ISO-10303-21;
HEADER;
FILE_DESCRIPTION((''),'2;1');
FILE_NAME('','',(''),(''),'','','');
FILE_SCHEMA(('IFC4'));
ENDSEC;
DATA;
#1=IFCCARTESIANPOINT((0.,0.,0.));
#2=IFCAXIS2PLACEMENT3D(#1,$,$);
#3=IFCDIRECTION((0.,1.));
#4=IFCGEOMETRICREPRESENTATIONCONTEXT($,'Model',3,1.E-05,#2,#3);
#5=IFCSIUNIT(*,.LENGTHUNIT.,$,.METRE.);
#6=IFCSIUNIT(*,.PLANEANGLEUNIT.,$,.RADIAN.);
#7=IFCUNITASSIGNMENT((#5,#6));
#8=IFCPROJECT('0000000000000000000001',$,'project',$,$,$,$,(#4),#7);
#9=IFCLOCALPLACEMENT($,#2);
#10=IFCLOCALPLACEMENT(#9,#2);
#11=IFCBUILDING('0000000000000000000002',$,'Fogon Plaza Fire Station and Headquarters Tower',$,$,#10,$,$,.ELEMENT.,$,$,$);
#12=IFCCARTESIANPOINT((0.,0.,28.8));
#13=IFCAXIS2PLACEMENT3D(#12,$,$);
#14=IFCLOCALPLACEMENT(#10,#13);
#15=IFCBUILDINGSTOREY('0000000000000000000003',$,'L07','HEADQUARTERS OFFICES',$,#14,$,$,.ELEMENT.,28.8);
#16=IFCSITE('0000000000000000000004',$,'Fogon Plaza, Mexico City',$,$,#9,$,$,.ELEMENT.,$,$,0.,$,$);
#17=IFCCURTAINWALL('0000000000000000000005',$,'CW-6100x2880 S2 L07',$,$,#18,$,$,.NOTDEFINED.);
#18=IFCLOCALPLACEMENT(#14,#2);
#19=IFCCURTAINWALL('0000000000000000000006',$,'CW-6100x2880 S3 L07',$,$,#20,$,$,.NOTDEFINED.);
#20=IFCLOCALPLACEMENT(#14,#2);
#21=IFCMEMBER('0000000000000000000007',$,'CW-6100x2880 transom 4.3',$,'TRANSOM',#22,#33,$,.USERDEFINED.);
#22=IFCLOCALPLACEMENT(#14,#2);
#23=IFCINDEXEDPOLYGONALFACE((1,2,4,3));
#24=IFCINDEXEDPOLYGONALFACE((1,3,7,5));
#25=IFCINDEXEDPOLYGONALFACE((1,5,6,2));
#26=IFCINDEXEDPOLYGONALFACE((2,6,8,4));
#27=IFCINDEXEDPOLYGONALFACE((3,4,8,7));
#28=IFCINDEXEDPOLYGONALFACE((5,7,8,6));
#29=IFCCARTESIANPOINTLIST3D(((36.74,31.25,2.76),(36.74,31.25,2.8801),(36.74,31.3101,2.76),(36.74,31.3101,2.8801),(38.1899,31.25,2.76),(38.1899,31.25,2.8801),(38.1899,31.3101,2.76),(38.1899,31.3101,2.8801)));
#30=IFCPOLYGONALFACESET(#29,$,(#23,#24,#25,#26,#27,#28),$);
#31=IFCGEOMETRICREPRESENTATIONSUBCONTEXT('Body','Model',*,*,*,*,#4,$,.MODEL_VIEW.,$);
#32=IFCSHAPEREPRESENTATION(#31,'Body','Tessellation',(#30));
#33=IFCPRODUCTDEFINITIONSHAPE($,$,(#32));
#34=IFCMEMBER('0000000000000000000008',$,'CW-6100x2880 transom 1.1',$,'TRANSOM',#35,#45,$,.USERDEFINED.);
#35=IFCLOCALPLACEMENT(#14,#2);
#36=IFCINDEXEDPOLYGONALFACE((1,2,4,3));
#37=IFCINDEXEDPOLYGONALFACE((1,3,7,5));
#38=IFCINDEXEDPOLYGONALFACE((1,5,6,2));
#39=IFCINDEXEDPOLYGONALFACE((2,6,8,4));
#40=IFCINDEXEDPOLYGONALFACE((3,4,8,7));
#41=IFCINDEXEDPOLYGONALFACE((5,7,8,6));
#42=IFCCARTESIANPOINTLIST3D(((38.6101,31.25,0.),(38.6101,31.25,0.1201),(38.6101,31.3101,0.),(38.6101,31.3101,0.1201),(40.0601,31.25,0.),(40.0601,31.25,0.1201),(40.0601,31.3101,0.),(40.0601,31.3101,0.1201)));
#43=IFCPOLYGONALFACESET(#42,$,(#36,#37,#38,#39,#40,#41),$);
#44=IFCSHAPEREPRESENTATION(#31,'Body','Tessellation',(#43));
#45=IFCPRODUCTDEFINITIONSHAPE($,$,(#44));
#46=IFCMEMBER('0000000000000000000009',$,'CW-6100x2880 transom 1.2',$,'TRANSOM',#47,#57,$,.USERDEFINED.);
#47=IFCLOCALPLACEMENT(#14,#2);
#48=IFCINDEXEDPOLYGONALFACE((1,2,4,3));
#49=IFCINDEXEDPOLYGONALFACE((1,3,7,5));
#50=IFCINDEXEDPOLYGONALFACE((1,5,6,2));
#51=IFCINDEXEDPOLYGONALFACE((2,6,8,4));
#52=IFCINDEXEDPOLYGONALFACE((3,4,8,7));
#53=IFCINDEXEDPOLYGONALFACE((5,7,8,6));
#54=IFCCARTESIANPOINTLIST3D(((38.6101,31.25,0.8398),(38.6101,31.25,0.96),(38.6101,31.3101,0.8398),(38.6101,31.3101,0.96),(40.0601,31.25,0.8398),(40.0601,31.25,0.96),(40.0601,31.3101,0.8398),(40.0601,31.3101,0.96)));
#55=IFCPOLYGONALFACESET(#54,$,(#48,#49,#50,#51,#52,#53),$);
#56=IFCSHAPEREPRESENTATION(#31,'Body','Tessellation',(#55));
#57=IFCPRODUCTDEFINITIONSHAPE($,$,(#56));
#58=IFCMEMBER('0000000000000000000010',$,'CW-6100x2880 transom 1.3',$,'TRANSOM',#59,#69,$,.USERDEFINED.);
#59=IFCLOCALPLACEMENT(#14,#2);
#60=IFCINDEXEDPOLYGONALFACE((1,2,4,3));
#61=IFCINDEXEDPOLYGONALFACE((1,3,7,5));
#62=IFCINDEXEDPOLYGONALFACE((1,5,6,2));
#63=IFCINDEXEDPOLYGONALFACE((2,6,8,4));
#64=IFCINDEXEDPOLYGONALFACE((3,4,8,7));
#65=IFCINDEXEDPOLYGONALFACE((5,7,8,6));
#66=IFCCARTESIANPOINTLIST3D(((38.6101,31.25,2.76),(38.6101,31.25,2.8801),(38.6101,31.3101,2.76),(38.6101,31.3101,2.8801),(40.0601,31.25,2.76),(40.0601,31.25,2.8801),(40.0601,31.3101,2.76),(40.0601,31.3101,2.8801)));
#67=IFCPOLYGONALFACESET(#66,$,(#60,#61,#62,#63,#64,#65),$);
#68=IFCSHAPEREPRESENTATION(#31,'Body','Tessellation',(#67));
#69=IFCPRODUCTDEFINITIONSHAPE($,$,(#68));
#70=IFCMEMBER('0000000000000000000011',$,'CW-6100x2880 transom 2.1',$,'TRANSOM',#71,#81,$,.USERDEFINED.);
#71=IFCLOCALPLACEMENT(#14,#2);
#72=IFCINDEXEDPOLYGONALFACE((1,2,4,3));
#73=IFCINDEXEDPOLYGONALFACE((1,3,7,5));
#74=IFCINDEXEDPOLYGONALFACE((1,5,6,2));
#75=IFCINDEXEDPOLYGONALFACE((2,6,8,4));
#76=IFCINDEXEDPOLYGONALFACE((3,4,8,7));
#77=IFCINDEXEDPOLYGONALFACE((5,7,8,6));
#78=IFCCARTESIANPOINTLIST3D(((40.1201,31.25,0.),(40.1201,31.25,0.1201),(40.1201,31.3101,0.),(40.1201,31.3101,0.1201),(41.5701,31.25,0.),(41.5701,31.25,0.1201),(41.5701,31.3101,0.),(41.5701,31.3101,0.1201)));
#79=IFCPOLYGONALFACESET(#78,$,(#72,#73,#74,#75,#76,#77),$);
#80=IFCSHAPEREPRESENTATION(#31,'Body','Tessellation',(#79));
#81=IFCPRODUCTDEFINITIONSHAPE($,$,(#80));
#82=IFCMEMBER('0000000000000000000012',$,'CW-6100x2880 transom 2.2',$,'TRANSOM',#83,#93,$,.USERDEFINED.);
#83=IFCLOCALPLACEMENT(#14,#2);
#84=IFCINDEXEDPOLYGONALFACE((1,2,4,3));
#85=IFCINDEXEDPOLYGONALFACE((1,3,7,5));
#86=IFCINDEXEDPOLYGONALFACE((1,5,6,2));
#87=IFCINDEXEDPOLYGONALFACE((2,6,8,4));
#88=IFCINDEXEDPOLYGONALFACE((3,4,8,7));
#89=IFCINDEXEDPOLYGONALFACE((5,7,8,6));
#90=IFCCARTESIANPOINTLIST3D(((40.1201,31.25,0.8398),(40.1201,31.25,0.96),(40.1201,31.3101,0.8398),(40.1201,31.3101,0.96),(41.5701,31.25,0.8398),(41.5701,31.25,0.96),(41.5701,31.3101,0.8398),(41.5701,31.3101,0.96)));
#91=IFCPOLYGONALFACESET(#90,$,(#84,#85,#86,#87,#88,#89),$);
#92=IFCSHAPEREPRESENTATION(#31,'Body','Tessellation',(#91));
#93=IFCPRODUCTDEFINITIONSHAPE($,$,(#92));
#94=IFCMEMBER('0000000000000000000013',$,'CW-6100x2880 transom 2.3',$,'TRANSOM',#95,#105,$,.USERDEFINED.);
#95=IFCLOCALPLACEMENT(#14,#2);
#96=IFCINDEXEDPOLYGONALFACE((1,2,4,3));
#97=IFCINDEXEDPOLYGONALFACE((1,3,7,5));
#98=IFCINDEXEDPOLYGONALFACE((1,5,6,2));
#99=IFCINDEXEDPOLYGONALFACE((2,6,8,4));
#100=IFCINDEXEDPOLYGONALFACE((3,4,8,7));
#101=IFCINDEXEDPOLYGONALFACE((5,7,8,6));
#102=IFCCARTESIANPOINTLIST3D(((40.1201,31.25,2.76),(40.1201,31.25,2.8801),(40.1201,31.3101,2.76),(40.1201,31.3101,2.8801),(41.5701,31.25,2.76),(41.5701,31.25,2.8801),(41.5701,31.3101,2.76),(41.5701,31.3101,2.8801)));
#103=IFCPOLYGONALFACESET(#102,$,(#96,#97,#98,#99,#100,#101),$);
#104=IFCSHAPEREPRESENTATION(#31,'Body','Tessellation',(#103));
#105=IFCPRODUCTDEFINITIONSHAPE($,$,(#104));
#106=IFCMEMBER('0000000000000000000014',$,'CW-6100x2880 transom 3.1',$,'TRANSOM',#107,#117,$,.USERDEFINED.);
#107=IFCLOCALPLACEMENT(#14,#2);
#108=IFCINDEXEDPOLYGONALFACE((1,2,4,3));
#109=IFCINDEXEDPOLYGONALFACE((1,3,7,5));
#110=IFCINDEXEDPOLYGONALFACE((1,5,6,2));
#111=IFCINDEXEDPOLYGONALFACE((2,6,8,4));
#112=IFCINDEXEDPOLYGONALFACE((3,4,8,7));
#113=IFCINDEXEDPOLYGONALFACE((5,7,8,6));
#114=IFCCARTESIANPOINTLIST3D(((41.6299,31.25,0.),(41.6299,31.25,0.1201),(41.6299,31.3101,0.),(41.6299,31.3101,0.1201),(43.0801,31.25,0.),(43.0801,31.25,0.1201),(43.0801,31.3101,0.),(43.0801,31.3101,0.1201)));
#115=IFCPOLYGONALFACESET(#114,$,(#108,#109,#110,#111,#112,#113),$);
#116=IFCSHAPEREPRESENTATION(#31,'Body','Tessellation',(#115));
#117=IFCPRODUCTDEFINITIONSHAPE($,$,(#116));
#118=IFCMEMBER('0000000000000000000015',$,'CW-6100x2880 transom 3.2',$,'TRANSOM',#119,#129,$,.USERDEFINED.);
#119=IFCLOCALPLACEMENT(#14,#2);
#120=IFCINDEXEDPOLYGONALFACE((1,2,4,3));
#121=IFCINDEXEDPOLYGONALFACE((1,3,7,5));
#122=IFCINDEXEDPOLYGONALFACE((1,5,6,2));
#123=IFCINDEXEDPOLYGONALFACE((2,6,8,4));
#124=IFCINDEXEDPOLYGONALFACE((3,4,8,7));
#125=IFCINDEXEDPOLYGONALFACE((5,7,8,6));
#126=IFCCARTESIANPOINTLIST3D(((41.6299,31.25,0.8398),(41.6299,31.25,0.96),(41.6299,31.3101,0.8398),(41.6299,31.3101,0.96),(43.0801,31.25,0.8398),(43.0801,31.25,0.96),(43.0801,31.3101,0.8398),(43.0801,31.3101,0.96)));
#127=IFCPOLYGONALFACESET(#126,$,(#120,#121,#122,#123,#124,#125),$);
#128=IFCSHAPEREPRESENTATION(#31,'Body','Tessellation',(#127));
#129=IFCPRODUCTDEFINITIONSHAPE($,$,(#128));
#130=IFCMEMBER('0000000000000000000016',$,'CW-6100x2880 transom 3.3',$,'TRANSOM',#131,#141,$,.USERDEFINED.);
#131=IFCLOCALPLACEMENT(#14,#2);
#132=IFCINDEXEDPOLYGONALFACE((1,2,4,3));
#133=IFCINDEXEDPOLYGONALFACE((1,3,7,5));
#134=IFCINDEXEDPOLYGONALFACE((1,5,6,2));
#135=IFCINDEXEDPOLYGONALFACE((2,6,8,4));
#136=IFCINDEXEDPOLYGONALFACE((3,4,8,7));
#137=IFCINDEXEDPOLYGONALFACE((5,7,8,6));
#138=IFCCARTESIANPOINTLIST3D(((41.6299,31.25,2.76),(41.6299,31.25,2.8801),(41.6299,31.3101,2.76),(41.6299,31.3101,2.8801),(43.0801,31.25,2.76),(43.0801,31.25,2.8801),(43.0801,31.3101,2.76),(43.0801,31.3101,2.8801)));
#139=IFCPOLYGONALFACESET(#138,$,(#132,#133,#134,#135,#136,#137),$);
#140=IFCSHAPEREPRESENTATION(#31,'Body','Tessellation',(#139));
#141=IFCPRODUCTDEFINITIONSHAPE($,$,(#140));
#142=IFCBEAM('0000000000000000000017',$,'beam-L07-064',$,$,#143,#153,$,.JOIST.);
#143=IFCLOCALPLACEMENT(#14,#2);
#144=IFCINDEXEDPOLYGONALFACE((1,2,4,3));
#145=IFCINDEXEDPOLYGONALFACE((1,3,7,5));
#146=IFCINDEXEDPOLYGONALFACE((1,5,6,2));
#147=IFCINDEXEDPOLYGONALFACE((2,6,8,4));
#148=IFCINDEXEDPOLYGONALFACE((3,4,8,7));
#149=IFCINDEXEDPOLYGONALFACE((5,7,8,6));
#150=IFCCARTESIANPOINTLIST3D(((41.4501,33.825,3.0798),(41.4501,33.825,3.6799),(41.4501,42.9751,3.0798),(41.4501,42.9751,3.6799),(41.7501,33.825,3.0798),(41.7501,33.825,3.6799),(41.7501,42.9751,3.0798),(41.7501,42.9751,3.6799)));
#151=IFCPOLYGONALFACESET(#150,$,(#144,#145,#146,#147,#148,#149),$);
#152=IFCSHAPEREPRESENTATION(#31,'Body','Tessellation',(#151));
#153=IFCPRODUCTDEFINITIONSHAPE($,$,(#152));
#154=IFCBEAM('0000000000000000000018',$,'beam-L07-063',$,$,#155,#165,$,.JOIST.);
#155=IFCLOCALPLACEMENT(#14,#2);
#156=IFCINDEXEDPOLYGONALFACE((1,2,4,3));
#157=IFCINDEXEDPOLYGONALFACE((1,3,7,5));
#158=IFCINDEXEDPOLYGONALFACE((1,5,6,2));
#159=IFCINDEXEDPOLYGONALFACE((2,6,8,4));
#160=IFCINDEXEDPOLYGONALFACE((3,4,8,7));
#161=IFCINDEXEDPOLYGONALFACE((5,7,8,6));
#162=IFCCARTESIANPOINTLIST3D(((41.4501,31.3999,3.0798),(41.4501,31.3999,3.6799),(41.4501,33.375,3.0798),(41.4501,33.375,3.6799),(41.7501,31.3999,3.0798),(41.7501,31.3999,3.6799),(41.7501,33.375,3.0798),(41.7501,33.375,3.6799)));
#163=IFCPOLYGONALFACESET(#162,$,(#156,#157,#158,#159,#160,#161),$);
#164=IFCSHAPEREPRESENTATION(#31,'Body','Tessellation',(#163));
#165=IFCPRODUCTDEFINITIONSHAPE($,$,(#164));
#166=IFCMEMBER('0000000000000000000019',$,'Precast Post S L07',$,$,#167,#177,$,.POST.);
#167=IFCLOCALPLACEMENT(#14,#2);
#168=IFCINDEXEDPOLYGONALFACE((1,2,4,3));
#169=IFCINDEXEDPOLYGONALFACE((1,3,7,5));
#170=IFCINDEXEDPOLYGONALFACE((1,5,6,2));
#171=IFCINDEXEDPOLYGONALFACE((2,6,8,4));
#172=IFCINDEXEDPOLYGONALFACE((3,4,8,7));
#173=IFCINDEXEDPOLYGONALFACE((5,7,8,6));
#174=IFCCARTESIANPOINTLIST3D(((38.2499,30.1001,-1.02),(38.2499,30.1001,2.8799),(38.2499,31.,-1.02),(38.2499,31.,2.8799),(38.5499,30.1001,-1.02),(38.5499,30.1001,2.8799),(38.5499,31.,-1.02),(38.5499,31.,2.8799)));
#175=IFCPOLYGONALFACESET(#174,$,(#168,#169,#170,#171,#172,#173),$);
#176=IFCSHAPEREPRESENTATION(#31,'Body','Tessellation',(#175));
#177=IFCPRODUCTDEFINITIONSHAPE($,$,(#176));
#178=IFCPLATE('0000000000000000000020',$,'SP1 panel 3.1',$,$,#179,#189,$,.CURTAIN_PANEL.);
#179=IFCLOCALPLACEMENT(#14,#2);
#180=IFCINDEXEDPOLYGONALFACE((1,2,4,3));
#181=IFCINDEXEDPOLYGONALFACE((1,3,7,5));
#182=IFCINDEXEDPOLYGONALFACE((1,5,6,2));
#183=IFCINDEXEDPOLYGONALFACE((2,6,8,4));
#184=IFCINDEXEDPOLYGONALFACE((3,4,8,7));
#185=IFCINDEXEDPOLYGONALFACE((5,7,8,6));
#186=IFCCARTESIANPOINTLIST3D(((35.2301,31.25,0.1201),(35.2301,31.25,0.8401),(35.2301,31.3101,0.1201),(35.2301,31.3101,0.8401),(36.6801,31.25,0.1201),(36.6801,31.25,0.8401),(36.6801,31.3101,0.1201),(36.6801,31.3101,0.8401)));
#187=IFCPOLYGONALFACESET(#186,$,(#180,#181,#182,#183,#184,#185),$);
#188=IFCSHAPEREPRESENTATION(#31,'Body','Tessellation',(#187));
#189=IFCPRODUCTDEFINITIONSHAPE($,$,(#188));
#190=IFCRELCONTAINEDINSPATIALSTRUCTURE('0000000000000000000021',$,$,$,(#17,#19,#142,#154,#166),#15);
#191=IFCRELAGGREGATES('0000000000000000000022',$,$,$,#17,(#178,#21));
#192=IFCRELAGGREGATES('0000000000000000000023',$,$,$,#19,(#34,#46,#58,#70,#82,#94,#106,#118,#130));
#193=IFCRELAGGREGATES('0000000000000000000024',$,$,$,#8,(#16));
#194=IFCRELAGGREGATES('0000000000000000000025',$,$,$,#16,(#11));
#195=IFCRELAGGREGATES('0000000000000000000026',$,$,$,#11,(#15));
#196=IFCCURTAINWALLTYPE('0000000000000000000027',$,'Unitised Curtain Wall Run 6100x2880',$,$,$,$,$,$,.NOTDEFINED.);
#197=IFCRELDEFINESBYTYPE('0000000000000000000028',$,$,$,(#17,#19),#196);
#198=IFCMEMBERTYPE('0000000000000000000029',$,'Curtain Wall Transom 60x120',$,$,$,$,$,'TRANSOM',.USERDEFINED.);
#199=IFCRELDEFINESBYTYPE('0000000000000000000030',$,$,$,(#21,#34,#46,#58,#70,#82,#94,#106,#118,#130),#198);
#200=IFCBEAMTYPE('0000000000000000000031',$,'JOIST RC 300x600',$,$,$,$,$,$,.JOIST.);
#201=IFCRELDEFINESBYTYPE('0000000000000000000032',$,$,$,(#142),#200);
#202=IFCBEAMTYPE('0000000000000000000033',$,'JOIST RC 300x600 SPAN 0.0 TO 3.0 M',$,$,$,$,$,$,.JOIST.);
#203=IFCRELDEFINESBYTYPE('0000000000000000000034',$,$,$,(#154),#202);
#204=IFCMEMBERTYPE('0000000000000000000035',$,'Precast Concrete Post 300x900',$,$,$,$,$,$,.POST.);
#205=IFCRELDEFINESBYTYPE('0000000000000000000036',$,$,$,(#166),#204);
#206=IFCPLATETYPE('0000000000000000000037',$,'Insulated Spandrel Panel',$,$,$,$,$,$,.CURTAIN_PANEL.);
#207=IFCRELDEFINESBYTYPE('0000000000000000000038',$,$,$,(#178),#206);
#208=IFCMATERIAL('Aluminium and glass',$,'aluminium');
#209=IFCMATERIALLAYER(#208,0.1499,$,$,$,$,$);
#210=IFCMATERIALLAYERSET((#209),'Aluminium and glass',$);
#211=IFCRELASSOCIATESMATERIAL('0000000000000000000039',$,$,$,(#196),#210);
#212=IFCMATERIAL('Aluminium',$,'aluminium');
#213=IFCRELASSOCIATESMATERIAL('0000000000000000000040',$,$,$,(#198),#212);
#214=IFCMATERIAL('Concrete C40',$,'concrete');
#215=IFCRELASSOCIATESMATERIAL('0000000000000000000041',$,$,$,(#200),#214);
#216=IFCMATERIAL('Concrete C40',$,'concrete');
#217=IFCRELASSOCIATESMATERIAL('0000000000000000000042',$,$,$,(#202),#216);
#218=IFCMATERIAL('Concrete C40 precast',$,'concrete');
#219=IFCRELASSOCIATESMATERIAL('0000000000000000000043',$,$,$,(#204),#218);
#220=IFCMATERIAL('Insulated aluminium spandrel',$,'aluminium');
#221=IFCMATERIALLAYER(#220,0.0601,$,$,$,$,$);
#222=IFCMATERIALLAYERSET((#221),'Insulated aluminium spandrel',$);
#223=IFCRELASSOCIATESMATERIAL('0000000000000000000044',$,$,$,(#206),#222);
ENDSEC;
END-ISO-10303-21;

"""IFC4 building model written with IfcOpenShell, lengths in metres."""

from ifc_helpers import new_model, si_unit, direction, frame, origin, origin_2d, place, context, subcontext, project, spatial, rectangle, extrude, material, layer, layer_set, material_profile, profile_set, type_object, element, aggregate, save


model = new_model("IFC4")

# Units and contexts
model_context = context("Model", 3, precision=1e-05, world=origin(), true_north=direction((0.0, 1.0)))
body_context = subcontext(model_context, "Body", "Model", "MODEL_VIEW")
ifc_project = project(units=[si_unit("LENGTHUNIT", "METRE"), si_unit("PLANEANGLEUNIT", "RADIAN")], contexts=[model_context])

# Site, building, storey
site_placement = place(None, origin())
site = spatial("IfcSite", under=ifc_project, at=site_placement, Name="Fogon Plaza, Mexico City", CompositionType="ELEMENT", RefElevation=0.0)
building_placement = place(site_placement, origin())
building = spatial("IfcBuilding", under=site, at=building_placement, Name="Fogon Plaza Fire Station and Headquarters Tower", CompositionType="ELEMENT")
storey_placement = place(building_placement, frame((0.0, 0.0, 28.8)))
storey = spatial("IfcBuildingStorey", under=building, at=storey_placement, Name="L07", Description="HEADQUARTERS OFFICES", CompositionType="ELEMENT", Elevation=28.8)

# Curtain walls
ifc_material_1 = material(Name="Aluminium and glass", Category="aluminium")
ifc_layer_1 = layer(ifc_material_1, 0.1499)
ifc_layer_set_1 = layer_set([ifc_layer_1], Name="Aluminium and glass")
curtain_wall_type = type_object("IfcCurtainWallType", Name="Unitised Curtain Wall Run 6100x2880", PredefinedType="NOTDEFINED", material=ifc_layer_set_1)
curtain_wall_1_placement = place(storey_placement, origin())
curtain_wall_1 = element("IfcCurtainWall", 1, at=curtain_wall_1_placement, inside=storey, type_object=curtain_wall_type, Name="CW-6100x2880 S2 L07", PredefinedType="NOTDEFINED")
curtain_wall_2_placement = place(storey_placement, origin())
curtain_wall_2 = element("IfcCurtainWall", 2, at=curtain_wall_2_placement, inside=storey, type_object=curtain_wall_type, Name="CW-6100x2880 S3 L07", PredefinedType="NOTDEFINED")

# Members
ifc_material_2 = material(Name="Aluminium", Category="aluminium")
ifc_material_profile_1 = material_profile(ifc_material_2, rectangle(XDim=0.0601, YDim=0.1201, at=origin_2d()), Name="Curtain Wall Transom 60x120")
ifc_profile_set_1 = profile_set([ifc_material_profile_1], Name="Aluminium")
member_type_1 = type_object("IfcMemberType", Name="Curtain Wall Transom 60x120", ElementType="TRANSOM", PredefinedType="USERDEFINED", material=ifc_profile_set_1)
member_1_placement = place(storey_placement, frame((36.74, 31.28, 2.8201), z_axis=(1.0, 0.0, 0.0), x_axis=(0.0, 1.0, 0.0)))
member_1 = element("IfcMember", 3, at=member_1_placement, type_object=member_type_1, Name="CW-6100x2880 transom 4.3", ObjectType="TRANSOM", PredefinedType="USERDEFINED", context=body_context, shape_type="SweptSolid", body=[
    extrude(rectangle(XDim=0.0601, YDim=0.1201, at=origin_2d()), origin(), (0.0, 0.0, 1.0), 1.45),
])
member_2_placement = place(storey_placement, frame((38.6101, 31.28, 0.0601), z_axis=(1.0, 0.0, 0.0), x_axis=(0.0, 1.0, 0.0)))
member_2 = element("IfcMember", 4, at=member_2_placement, type_object=member_type_1, Name="CW-6100x2880 transom 1.1", ObjectType="TRANSOM", PredefinedType="USERDEFINED", context=body_context, shape_type="SweptSolid", body=[
    extrude(rectangle(XDim=0.0601, YDim=0.1201, at=origin_2d()), origin(), (0.0, 0.0, 1.0), 1.45),
])
member_3_placement = place(storey_placement, frame((38.6101, 31.28, 0.8999), z_axis=(1.0, 0.0, 0.0), x_axis=(0.0, 1.0, 0.0)))
member_3 = element("IfcMember", 5, at=member_3_placement, type_object=member_type_1, Name="CW-6100x2880 transom 1.2", ObjectType="TRANSOM", PredefinedType="USERDEFINED", context=body_context, shape_type="SweptSolid", body=[
    extrude(rectangle(XDim=0.0601, YDim=0.1201, at=origin_2d()), origin(), (0.0, 0.0, 1.0), 1.45),
])
member_4_placement = place(storey_placement, frame((38.6101, 31.28, 2.8201), z_axis=(1.0, 0.0, 0.0), x_axis=(0.0, 1.0, 0.0)))
member_4 = element("IfcMember", 6, at=member_4_placement, type_object=member_type_1, Name="CW-6100x2880 transom 1.3", ObjectType="TRANSOM", PredefinedType="USERDEFINED", context=body_context, shape_type="SweptSolid", body=[
    extrude(rectangle(XDim=0.0601, YDim=0.1201, at=origin_2d()), origin(), (0.0, 0.0, 1.0), 1.45),
])
member_5_placement = place(storey_placement, frame((40.1201, 31.28, 0.0601), z_axis=(1.0, 0.0, 0.0), x_axis=(0.0, 1.0, 0.0)))
member_5 = element("IfcMember", 7, at=member_5_placement, type_object=member_type_1, Name="CW-6100x2880 transom 2.1", ObjectType="TRANSOM", PredefinedType="USERDEFINED", context=body_context, shape_type="SweptSolid", body=[
    extrude(rectangle(XDim=0.0601, YDim=0.1201, at=origin_2d()), origin(), (0.0, 0.0, 1.0), 1.45),
])
member_6_placement = place(storey_placement, frame((40.1201, 31.28, 0.8999), z_axis=(1.0, 0.0, 0.0), x_axis=(0.0, 1.0, 0.0)))
member_6 = element("IfcMember", 8, at=member_6_placement, type_object=member_type_1, Name="CW-6100x2880 transom 2.2", ObjectType="TRANSOM", PredefinedType="USERDEFINED", context=body_context, shape_type="SweptSolid", body=[
    extrude(rectangle(XDim=0.0601, YDim=0.1201, at=origin_2d()), origin(), (0.0, 0.0, 1.0), 1.45),
])
member_7_placement = place(storey_placement, frame((40.1201, 31.28, 2.8201), z_axis=(1.0, 0.0, 0.0), x_axis=(0.0, 1.0, 0.0)))
member_7 = element("IfcMember", 9, at=member_7_placement, type_object=member_type_1, Name="CW-6100x2880 transom 2.3", ObjectType="TRANSOM", PredefinedType="USERDEFINED", context=body_context, shape_type="SweptSolid", body=[
    extrude(rectangle(XDim=0.0601, YDim=0.1201, at=origin_2d()), origin(), (0.0, 0.0, 1.0), 1.45),
])
member_8_placement = place(storey_placement, frame((41.6299, 31.28, 0.0601), z_axis=(1.0, 0.0, 0.0), x_axis=(0.0, 1.0, 0.0)))
member_8 = element("IfcMember", 10, at=member_8_placement, type_object=member_type_1, Name="CW-6100x2880 transom 3.1", ObjectType="TRANSOM", PredefinedType="USERDEFINED", context=body_context, shape_type="SweptSolid", body=[
    extrude(rectangle(XDim=0.0601, YDim=0.1201, at=origin_2d()), origin(), (0.0, 0.0, 1.0), 1.4502),
])
member_9_placement = place(storey_placement, frame((41.6299, 31.28, 0.8999), z_axis=(1.0, 0.0, 0.0), x_axis=(0.0, 1.0, 0.0)))
member_9 = element("IfcMember", 11, at=member_9_placement, type_object=member_type_1, Name="CW-6100x2880 transom 3.2", ObjectType="TRANSOM", PredefinedType="USERDEFINED", context=body_context, shape_type="SweptSolid", body=[
    extrude(rectangle(XDim=0.0601, YDim=0.1201, at=origin_2d()), origin(), (0.0, 0.0, 1.0), 1.4502),
])
member_10_placement = place(storey_placement, frame((41.6299, 31.28, 2.8201), z_axis=(1.0, 0.0, 0.0), x_axis=(0.0, 1.0, 0.0)))
member_10 = element("IfcMember", 12, at=member_10_placement, type_object=member_type_1, Name="CW-6100x2880 transom 3.3", ObjectType="TRANSOM", PredefinedType="USERDEFINED", context=body_context, shape_type="SweptSolid", body=[
    extrude(rectangle(XDim=0.0601, YDim=0.1201, at=origin_2d()), origin(), (0.0, 0.0, 1.0), 1.4502),
])

# Beams
ifc_material_3 = material(Name="Concrete C40", Category="concrete")
ifc_material_profile_2 = material_profile(ifc_material_3, rectangle(XDim=0.3, YDim=0.6001, at=origin_2d()), Name="RC 300x600")
ifc_profile_set_2 = profile_set([ifc_material_profile_2], Name="Concrete C40")
beam_type_1 = type_object("IfcBeamType", Name="JOIST RC 300x600", PredefinedType="JOIST", material=ifc_profile_set_2)
beam_1_placement = place(storey_placement, frame((41.6001, 33.825, 3.3799), z_axis=(0.0, 1.0, 0.0), x_axis=(-1.0, 0.0, 0.0)))
element("IfcBeam", 13, at=beam_1_placement, inside=storey, type_object=beam_type_1, Name="beam-L07-064", PredefinedType="JOIST", context=body_context, shape_type="SweptSolid", body=[
    extrude(rectangle(XDim=0.3, YDim=0.6001, at=origin_2d()), origin(), (0.0, 0.0, 1.0), 9.1501),
])
ifc_material_4 = material(Name="Concrete C40", Category="concrete")
ifc_material_profile_3 = material_profile(ifc_material_4, rectangle(XDim=0.3, YDim=0.6001, at=origin_2d()), Name="RC 300x600")
ifc_profile_set_3 = profile_set([ifc_material_profile_3], Name="Concrete C40")
beam_type_2 = type_object("IfcBeamType", Name="JOIST RC 300x600 SPAN 0.0 TO 3.0 M", PredefinedType="JOIST", material=ifc_profile_set_3)
beam_2_placement = place(storey_placement, frame((41.6001, 31.3999, 3.3799), z_axis=(0.0, 1.0, 0.0), x_axis=(-1.0, 0.0, 0.0)))
element("IfcBeam", 14, at=beam_2_placement, inside=storey, type_object=beam_type_2, Name="beam-L07-063", PredefinedType="JOIST", context=body_context, shape_type="SweptSolid", body=[
    extrude(rectangle(XDim=0.3, YDim=0.6001, at=origin_2d()), origin(), (0.0, 0.0, 1.0), 1.9751),
])

# Member
ifc_material_5 = material(Name="Concrete C40 precast", Category="concrete")
ifc_material_profile_4 = material_profile(ifc_material_5, rectangle(XDim=0.3, YDim=0.8999, at=origin_2d()), Name="Precast Concrete Post 300x900")
ifc_profile_set_4 = profile_set([ifc_material_profile_4], Name="Concrete C40 precast")
member_type_2 = type_object("IfcMemberType", Name="Precast Concrete Post 300x900", PredefinedType="POST", material=ifc_profile_set_4)
member_11_placement = place(storey_placement, frame((38.3999, 30.55, -1.02), z_axis=(0.0, 0.0, 1.0), x_axis=(1.0, 0.0, 0.0)))
element("IfcMember", 15, at=member_11_placement, inside=storey, type_object=member_type_2, Name="Precast Post S L07", PredefinedType="POST", context=body_context, shape_type="SweptSolid", body=[
    extrude(rectangle(XDim=0.3, YDim=0.8999, at=origin_2d()), origin(), (0.0, 0.0, 1.0), 3.8999),
])

# Plate
ifc_material_6 = material(Name="Insulated aluminium spandrel", Category="aluminium")
ifc_layer_2 = layer(ifc_material_6, 0.0601)
ifc_layer_set_2 = layer_set([ifc_layer_2], Name="Insulated aluminium spandrel")
plate_type_1 = type_object("IfcPlateType", Name="Insulated Spandrel Panel", PredefinedType="CURTAIN_PANEL", material=ifc_layer_set_2)
plate_1_placement = place(storey_placement, frame((35.9551, 31.28, 0.1201), z_axis=(0.0, 0.0, 1.0), x_axis=(1.0, 0.0, 0.0)))
plate_1 = element("IfcPlate", 16, at=plate_1_placement, type_object=plate_type_1, Name="SP1 panel 3.1", PredefinedType="CURTAIN_PANEL", context=body_context, shape_type="SweptSolid", body=[
    extrude(rectangle(XDim=1.45, YDim=0.0601, at=origin_2d()), origin(), (0.0, 0.0, 1.0), 0.72),
])
aggregate(curtain_wall_1, [plate_1, member_1])
aggregate(curtain_wall_2, [member_2, member_3, member_4, member_5, member_6, member_7, member_8, member_9, member_10])

save(model, "model.ifc")
